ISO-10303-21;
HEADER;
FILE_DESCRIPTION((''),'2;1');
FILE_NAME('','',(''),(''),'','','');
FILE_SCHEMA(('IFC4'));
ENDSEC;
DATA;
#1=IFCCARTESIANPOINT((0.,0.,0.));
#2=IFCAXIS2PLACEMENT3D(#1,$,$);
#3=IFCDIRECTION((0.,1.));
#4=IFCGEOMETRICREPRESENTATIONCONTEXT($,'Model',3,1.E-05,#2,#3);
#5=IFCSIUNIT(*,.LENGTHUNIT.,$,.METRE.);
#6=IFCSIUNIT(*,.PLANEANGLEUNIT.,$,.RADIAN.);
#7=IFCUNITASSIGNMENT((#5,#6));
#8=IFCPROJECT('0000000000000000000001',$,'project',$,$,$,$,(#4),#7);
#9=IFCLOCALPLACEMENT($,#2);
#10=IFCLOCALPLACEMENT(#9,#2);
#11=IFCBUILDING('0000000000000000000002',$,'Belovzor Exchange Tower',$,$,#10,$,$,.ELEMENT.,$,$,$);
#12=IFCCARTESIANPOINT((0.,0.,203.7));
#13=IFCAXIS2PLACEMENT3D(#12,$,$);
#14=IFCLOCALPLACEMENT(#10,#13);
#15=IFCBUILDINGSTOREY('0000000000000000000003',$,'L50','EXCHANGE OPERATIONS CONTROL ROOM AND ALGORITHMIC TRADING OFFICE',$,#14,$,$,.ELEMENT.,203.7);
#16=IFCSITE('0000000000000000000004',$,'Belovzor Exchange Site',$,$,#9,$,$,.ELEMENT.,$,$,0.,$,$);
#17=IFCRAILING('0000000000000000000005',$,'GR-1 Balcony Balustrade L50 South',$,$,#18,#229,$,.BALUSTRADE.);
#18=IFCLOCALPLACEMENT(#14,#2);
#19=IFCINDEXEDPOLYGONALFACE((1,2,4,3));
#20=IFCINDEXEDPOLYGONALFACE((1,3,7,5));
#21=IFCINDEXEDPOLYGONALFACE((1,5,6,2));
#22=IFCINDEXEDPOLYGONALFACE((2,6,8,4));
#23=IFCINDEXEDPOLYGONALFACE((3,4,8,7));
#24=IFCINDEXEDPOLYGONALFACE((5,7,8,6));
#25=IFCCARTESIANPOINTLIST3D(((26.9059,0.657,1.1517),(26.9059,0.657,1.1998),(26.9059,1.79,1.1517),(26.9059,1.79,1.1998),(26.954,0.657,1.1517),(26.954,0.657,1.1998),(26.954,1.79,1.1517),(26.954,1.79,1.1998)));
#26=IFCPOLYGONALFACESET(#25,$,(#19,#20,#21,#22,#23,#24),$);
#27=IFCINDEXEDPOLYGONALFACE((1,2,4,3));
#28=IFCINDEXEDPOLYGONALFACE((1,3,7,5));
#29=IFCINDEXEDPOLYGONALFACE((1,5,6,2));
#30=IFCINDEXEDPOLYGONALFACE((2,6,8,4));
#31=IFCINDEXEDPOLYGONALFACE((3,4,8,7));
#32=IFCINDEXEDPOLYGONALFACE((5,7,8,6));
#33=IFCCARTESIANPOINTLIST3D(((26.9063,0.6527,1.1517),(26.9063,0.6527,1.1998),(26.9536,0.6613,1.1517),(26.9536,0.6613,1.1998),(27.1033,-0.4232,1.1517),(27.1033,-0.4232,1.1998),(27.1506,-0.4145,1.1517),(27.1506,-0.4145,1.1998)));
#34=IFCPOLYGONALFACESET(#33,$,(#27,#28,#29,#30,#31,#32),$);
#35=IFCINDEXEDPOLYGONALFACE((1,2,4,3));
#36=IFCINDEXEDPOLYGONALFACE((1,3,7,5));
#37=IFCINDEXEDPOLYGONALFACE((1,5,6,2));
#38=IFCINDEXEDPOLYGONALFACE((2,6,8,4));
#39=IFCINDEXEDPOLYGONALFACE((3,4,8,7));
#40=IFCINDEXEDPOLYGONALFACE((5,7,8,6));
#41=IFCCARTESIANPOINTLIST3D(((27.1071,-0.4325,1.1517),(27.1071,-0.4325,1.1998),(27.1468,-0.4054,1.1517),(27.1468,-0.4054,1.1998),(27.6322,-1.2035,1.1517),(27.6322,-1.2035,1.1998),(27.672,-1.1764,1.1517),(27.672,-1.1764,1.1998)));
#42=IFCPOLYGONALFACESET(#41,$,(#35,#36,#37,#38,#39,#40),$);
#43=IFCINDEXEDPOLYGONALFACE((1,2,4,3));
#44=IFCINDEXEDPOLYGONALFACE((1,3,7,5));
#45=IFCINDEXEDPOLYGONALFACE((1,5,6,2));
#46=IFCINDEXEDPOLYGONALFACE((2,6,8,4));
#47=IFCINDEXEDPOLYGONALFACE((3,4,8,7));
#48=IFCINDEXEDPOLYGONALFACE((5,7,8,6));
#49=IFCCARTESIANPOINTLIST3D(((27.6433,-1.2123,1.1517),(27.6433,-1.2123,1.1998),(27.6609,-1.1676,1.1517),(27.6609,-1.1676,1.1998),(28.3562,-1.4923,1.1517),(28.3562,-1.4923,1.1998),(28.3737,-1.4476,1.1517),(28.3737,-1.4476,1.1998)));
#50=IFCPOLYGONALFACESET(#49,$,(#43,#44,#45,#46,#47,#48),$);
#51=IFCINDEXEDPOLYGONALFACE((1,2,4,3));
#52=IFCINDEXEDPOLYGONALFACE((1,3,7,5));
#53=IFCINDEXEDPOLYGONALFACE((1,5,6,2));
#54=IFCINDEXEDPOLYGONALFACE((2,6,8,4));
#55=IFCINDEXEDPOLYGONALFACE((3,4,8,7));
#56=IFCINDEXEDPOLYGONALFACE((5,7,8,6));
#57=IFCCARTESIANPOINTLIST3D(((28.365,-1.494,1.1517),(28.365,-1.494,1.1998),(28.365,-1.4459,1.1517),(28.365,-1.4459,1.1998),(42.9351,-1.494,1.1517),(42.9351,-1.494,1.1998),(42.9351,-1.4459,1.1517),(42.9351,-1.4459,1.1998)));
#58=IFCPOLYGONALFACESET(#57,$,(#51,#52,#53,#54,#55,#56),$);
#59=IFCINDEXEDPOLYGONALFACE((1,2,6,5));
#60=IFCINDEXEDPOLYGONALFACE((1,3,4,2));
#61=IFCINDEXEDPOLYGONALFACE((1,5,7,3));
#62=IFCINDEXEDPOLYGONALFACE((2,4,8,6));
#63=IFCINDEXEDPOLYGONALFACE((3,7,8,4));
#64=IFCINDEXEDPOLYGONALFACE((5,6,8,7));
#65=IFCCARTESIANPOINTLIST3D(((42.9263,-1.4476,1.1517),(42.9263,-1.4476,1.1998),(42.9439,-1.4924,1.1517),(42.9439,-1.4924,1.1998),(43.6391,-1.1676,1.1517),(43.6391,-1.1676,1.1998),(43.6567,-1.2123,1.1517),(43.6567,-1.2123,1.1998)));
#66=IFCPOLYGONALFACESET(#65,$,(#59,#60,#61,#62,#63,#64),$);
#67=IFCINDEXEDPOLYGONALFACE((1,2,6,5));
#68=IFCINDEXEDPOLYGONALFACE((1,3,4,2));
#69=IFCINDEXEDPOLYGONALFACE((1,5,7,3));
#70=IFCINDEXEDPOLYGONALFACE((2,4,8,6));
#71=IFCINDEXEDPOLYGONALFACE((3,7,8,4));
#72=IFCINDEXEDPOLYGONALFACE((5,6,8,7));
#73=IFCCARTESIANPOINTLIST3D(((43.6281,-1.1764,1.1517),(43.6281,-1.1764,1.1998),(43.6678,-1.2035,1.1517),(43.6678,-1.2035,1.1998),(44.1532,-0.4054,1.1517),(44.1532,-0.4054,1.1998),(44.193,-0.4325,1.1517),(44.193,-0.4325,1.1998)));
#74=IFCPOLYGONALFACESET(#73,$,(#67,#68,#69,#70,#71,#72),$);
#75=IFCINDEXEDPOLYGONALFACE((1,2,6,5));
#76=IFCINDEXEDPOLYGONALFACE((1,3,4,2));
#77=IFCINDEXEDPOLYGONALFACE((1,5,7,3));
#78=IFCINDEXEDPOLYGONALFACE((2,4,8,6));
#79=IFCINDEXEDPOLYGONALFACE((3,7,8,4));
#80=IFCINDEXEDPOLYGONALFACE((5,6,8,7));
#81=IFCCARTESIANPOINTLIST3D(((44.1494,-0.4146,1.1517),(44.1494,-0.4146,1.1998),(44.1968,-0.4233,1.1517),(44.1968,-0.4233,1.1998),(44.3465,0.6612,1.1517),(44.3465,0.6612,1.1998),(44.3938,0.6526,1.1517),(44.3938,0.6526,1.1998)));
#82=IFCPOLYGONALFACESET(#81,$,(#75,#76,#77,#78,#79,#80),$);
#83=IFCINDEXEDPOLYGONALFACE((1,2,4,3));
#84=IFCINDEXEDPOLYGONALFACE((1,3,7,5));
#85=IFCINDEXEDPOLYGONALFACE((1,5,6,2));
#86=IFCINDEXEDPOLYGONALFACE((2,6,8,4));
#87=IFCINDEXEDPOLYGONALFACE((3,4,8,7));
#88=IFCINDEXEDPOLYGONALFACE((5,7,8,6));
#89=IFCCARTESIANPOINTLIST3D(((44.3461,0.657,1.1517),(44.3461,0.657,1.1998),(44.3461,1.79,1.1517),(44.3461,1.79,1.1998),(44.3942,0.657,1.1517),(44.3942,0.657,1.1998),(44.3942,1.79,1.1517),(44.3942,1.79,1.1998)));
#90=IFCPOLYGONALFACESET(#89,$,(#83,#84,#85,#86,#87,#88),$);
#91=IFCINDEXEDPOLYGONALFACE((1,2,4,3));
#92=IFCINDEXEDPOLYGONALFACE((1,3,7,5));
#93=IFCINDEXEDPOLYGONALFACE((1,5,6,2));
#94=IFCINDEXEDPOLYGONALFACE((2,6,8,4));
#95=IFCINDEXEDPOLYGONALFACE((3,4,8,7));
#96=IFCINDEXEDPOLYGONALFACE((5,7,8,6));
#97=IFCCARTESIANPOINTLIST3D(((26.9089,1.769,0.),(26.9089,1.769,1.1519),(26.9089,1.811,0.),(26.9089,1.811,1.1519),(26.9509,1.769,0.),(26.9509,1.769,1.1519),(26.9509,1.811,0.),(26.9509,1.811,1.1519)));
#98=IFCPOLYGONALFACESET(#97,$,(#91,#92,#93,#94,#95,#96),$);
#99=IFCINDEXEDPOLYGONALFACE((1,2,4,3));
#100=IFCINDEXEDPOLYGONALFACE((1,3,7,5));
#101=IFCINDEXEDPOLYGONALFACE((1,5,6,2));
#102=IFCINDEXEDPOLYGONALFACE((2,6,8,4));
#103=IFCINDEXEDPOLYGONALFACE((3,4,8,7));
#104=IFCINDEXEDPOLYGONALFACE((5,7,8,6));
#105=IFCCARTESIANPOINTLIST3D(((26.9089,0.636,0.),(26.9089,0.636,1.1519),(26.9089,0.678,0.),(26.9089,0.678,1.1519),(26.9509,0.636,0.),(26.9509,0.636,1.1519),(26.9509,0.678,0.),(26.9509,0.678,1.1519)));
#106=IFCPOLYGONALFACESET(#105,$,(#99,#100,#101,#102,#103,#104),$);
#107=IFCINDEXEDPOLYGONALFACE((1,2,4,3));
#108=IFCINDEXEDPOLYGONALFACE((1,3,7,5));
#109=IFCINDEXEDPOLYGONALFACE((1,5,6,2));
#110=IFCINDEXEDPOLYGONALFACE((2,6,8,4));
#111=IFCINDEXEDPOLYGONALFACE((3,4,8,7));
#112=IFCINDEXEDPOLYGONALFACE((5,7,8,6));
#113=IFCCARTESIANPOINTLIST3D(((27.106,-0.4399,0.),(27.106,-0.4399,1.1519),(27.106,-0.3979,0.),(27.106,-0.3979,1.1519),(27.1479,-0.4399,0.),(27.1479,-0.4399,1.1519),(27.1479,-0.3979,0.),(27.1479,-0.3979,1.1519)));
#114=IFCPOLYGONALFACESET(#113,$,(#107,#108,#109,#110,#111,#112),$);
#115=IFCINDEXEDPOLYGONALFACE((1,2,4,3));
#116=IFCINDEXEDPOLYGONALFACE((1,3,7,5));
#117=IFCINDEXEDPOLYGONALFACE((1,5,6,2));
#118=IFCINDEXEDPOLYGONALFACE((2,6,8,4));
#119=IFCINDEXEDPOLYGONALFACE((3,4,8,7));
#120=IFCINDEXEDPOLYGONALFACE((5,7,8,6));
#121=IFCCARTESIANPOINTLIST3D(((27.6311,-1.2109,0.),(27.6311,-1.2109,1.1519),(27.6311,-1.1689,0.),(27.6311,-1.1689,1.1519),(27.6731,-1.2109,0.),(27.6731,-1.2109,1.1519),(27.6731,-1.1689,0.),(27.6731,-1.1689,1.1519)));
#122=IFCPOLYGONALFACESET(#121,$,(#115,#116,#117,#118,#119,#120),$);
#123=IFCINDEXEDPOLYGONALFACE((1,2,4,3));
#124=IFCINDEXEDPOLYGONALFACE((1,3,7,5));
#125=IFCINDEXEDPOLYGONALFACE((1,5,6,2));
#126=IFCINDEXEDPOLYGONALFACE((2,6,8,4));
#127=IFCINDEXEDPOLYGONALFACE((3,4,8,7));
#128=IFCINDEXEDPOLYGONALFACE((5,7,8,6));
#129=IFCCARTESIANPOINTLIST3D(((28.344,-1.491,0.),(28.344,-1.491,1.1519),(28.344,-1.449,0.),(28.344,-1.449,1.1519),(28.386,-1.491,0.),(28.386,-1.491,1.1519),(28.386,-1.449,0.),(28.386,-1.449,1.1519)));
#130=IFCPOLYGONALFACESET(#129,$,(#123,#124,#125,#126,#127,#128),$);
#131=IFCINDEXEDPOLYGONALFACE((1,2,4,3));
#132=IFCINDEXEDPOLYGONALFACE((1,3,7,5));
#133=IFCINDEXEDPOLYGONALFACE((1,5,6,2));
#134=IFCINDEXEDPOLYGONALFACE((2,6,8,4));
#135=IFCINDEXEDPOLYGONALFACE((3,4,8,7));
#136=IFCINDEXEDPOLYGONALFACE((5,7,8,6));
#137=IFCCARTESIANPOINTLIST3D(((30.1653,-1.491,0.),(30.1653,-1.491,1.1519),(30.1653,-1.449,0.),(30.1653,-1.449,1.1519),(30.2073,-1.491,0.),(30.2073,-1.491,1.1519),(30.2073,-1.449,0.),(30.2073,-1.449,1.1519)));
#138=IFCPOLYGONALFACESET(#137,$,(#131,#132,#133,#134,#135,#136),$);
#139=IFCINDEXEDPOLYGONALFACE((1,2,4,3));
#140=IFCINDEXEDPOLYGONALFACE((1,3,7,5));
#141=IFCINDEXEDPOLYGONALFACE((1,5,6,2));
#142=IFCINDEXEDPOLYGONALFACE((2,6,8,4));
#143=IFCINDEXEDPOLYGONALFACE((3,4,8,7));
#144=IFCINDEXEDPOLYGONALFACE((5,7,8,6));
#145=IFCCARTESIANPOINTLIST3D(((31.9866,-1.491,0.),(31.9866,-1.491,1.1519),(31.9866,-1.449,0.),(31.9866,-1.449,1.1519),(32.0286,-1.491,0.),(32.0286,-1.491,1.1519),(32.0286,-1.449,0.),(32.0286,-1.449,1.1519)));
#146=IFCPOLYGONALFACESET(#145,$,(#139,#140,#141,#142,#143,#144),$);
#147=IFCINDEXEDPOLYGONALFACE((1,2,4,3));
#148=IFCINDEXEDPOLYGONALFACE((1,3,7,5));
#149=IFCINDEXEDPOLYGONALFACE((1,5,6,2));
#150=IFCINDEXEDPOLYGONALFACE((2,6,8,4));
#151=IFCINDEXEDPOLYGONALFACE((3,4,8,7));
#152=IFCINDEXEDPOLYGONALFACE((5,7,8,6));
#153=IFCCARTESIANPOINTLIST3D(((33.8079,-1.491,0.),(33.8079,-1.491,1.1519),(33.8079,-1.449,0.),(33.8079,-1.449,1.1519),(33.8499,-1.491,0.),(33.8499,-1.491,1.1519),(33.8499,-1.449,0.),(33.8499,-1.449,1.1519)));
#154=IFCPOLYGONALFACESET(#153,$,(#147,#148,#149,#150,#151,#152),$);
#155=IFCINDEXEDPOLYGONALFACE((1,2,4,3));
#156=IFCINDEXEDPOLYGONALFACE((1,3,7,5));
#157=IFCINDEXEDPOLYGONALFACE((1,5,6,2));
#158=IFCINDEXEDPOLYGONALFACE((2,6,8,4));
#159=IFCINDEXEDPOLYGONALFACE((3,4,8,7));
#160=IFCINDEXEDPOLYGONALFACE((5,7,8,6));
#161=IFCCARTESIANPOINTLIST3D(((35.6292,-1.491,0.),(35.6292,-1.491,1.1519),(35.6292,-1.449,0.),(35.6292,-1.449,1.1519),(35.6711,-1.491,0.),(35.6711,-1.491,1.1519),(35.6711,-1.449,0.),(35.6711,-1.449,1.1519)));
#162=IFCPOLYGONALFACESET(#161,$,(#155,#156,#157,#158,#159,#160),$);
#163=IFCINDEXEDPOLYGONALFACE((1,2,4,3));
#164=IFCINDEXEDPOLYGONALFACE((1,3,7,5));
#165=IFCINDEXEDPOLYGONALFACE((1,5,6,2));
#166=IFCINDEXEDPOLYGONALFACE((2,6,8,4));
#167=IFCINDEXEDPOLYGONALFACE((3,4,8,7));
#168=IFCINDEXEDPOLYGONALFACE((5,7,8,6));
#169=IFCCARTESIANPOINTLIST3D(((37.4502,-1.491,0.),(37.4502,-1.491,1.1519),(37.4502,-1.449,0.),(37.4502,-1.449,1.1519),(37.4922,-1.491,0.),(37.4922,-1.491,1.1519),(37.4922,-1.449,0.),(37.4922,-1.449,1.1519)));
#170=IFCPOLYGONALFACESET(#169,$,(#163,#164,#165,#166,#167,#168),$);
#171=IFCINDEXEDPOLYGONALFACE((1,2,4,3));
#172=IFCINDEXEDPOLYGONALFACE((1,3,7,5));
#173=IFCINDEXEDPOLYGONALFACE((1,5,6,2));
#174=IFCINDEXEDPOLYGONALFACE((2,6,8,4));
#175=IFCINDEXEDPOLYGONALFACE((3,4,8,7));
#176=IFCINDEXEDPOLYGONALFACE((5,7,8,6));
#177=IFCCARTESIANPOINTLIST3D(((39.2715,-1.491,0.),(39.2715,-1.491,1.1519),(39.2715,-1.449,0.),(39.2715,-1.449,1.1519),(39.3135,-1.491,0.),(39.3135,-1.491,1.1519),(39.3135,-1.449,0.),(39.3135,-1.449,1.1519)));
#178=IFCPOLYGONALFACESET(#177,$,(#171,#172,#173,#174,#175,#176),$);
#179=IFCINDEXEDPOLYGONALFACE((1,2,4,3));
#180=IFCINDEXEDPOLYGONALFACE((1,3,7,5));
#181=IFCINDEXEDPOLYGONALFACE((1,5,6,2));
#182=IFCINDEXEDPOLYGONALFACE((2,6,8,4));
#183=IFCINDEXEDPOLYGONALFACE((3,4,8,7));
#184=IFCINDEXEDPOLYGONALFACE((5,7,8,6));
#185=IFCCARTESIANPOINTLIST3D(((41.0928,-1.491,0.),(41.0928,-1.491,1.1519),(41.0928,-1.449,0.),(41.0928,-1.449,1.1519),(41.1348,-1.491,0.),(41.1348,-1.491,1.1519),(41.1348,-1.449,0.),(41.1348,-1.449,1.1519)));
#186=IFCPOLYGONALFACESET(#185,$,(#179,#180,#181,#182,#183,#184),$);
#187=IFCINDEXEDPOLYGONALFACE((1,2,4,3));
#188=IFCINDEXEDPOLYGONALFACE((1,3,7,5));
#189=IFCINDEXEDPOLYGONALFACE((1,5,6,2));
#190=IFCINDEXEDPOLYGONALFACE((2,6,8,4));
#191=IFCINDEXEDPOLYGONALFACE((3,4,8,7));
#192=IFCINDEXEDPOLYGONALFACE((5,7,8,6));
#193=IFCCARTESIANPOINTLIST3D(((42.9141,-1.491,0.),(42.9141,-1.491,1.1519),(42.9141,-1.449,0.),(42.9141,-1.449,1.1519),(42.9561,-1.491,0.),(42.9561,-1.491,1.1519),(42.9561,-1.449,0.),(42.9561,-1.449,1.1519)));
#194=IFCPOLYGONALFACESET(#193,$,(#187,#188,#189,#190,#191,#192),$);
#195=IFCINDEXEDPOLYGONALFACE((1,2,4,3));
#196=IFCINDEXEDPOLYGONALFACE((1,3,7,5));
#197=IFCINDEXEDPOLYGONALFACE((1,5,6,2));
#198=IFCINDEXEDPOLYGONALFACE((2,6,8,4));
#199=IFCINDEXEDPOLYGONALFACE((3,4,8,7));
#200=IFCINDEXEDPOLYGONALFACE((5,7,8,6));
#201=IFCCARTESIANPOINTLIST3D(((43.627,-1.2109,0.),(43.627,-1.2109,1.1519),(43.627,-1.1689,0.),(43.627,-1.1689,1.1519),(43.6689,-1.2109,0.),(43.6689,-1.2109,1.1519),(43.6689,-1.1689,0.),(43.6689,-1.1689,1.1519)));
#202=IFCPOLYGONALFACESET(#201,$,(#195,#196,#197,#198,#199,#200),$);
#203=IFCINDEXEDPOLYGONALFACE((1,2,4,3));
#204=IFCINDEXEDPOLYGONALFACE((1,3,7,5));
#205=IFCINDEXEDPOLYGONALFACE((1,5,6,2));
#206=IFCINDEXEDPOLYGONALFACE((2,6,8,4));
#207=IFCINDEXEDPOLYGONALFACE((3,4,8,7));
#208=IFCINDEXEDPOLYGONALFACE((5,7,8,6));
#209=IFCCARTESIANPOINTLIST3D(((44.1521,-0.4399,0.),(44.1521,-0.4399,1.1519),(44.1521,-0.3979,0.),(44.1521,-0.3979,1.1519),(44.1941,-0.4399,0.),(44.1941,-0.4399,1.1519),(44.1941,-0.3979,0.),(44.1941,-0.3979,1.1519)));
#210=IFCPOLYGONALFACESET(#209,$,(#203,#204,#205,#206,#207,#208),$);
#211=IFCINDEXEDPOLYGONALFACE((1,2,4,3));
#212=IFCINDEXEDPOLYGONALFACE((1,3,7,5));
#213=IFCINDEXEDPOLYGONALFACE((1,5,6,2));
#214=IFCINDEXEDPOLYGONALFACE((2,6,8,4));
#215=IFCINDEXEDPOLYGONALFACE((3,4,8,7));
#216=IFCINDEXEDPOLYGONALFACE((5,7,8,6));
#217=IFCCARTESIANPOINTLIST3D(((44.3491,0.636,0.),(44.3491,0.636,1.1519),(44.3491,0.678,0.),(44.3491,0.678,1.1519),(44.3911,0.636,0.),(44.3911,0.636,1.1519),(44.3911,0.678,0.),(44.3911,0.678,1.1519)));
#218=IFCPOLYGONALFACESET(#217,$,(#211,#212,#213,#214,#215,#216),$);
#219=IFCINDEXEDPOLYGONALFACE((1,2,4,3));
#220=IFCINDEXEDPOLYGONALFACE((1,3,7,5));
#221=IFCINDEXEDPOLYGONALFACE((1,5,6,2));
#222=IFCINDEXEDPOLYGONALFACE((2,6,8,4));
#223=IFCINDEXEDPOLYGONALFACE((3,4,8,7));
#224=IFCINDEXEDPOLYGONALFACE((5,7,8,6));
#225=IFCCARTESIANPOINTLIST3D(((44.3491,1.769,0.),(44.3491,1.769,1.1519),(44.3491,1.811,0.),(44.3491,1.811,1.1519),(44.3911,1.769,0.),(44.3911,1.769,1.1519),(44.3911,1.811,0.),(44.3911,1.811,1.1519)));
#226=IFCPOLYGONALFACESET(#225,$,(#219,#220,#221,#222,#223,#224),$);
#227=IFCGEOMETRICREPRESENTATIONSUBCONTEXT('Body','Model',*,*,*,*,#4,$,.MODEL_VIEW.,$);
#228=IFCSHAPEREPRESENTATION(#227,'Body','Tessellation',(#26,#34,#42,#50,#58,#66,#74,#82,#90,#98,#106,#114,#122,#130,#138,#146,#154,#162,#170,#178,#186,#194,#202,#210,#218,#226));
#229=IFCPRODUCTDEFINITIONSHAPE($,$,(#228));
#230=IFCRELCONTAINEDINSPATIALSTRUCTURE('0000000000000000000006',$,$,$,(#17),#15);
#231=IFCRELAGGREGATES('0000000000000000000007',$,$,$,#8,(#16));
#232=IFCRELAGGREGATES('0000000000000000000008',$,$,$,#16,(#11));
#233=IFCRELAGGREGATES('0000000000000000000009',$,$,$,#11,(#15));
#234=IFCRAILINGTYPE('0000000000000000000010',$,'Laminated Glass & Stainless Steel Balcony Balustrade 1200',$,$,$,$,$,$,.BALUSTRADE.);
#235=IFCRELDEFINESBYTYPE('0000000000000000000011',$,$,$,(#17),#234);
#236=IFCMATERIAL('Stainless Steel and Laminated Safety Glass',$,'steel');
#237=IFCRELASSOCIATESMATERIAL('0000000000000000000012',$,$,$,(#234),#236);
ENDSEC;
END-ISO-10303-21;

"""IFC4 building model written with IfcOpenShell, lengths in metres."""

from ifc_helpers import new_model, si_unit, direction, frame, origin, origin_2d, place, context, subcontext, project, spatial, rectangle, extrude, material, type_object, element, save


model = new_model("IFC4")

# Units and contexts
model_context = context("Model", 3, precision=1e-05, world=origin(), true_north=direction((0.0, 1.0)))
body_context = subcontext(model_context, "Body", "Model", "MODEL_VIEW")
ifc_project = project(units=[si_unit("LENGTHUNIT", "METRE"), si_unit("PLANEANGLEUNIT", "RADIAN")], contexts=[model_context])

# Site, building, storey
site_placement = place(None, origin())
site = spatial("IfcSite", under=ifc_project, at=site_placement, Name="Belovzor Exchange Site", CompositionType="ELEMENT", RefElevation=0.0)
building_placement = place(site_placement, origin())
building = spatial("IfcBuilding", under=site, at=building_placement, Name="Belovzor Exchange Tower", CompositionType="ELEMENT")
storey_placement = place(building_placement, frame((0.0, 0.0, 203.7)))
storey = spatial("IfcBuildingStorey", under=building, at=storey_placement, Name="L50", Description="EXCHANGE OPERATIONS CONTROL ROOM AND ALGORITHMIC TRADING OFFICE", CompositionType="ELEMENT", Elevation=203.7)

# Railing
ifc_material_1 = material(Name="Stainless Steel and Laminated Safety Glass", Category="steel")
railing_type = type_object("IfcRailingType", Name="Laminated Glass & Stainless Steel Balcony Balustrade 1200", PredefinedType="BALUSTRADE", material=ifc_material_1)
railing_placement = place(storey_placement, frame((26.9299, 1.79, 0.0)))
element("IfcRailing", 1, at=railing_placement, inside=storey, type_object=railing_type, Name="GR-1 Balcony Balustrade L50 South", PredefinedType="BALUSTRADE", context=body_context, shape_type="SweptSolid", body=[
    extrude(rectangle(XDim=0.0481, YDim=0.0481, at=origin_2d()), frame((0.0, 0.0, 1.1758), z_axis=(0.0, -1.0, 0.0), x_axis=(1.0, 0.0, 0.0)), (0.0, 0.0, 1.0), 1.1331),
    extrude(rectangle(XDim=0.0481, YDim=0.0481, at=origin_2d()), frame((0.0, -1.1331, 1.1758), z_axis=(0.180123, -0.983644, 0.0), x_axis=(0.983644, 0.180123, 0.0)), (0.0, 0.0, 1.0), 1.0938),
    extrude(rectangle(XDim=0.0481, YDim=0.0481, at=origin_2d()), frame((0.197, -2.209, 1.1758), z_axis=(0.562947, -0.826493, 0.0), x_axis=(0.826493, 0.562947, 0.0)), (0.0, 0.0, 1.0), 0.9329),
    extrude(rectangle(XDim=0.0481, YDim=0.0481, at=origin_2d()), frame((0.7222, -2.98, 1.1758), z_axis=(0.930767, -0.365613, 0.0), x_axis=(0.365613, 0.930767, 0.0)), (0.0, 0.0, 1.0), 0.7659),
    extrude(rectangle(XDim=0.0481, YDim=0.0481, at=origin_2d()), frame((1.4351, -3.26, 1.1758), z_axis=(1.0, 0.0, 0.0), x_axis=(0.0, 1.0, 0.0)), (0.0, 0.0, 1.0), 14.5701),
    extrude(rectangle(XDim=0.0481, YDim=0.0481, at=origin_2d()), frame((16.0051, -3.26, 1.1758), z_axis=(0.930767, 0.365613, 0.0), x_axis=(-0.365613, 0.930767, 0.0)), (0.0, 0.0, 1.0), 0.7659),
    extrude(rectangle(XDim=0.0481, YDim=0.0481, at=origin_2d()), frame((16.718, -2.98, 1.1758), z_axis=(0.562947, 0.826493, 0.0), x_axis=(-0.826493, 0.562947, 0.0)), (0.0, 0.0, 1.0), 0.9329),
    extrude(rectangle(XDim=0.0481, YDim=0.0481, at=origin_2d()), frame((17.2432, -2.209, 1.1758), z_axis=(0.180123, 0.983644, 0.0), x_axis=(-0.983644, 0.180123, 0.0)), (0.0, 0.0, 1.0), 1.0938),
    extrude(rectangle(XDim=0.0481, YDim=0.0481, at=origin_2d()), frame((17.4402, -1.1331, 1.1758), z_axis=(0.0, 1.0, 0.0), x_axis=(-1.0, 0.0, 0.0)), (0.0, 0.0, 1.0), 1.1331),
    extrude(rectangle(XDim=0.042, YDim=0.042, at=origin_2d()), origin(), (0.0, 0.0, 1.0), 1.1519),
    extrude(rectangle(XDim=0.042, YDim=0.042, at=origin_2d()), frame((0.0, -1.1331, 0.0)), (0.0, 0.0, 1.0), 1.1519),
    extrude(rectangle(XDim=0.042, YDim=0.042, at=origin_2d()), frame((0.197, -2.209, 0.0)), (0.0, 0.0, 1.0), 1.1519),
    extrude(rectangle(XDim=0.042, YDim=0.042, at=origin_2d()), frame((0.7222, -2.98, 0.0)), (0.0, 0.0, 1.0), 1.1519),
    extrude(rectangle(XDim=0.042, YDim=0.042, at=origin_2d()), frame((1.4351, -3.26, 0.0)), (0.0, 0.0, 1.0), 1.1519),
    extrude(rectangle(XDim=0.042, YDim=0.042, at=origin_2d()), frame((3.2563, -3.26, 0.0)), (0.0, 0.0, 1.0), 1.1519),
    extrude(rectangle(XDim=0.042, YDim=0.042, at=origin_2d()), frame((5.0776, -3.26, 0.0)), (0.0, 0.0, 1.0), 1.1519),
    extrude(rectangle(XDim=0.042, YDim=0.042, at=origin_2d()), frame((6.8989, -3.26, 0.0)), (0.0, 0.0, 1.0), 1.1519),
    extrude(rectangle(XDim=0.042, YDim=0.042, at=origin_2d()), frame((8.7202, -3.26, 0.0)), (0.0, 0.0, 1.0), 1.1519),
    extrude(rectangle(XDim=0.042, YDim=0.042, at=origin_2d()), frame((10.5413, -3.26, 0.0)), (0.0, 0.0, 1.0), 1.1519),
    extrude(rectangle(XDim=0.042, YDim=0.042, at=origin_2d()), frame((12.3625, -3.26, 0.0)), (0.0, 0.0, 1.0), 1.1519),
    extrude(rectangle(XDim=0.042, YDim=0.042, at=origin_2d()), frame((14.1838, -3.26, 0.0)), (0.0, 0.0, 1.0), 1.1519),
    extrude(rectangle(XDim=0.042, YDim=0.042, at=origin_2d()), frame((16.0051, -3.26, 0.0)), (0.0, 0.0, 1.0), 1.1519),
    extrude(rectangle(XDim=0.042, YDim=0.042, at=origin_2d()), frame((16.718, -2.98, 0.0)), (0.0, 0.0, 1.0), 1.1519),
    extrude(rectangle(XDim=0.042, YDim=0.042, at=origin_2d()), frame((17.2432, -2.209, 0.0)), (0.0, 0.0, 1.0), 1.1519),
    extrude(rectangle(XDim=0.042, YDim=0.042, at=origin_2d()), frame((17.4402, -1.1331, 0.0)), (0.0, 0.0, 1.0), 1.1519),
    extrude(rectangle(XDim=0.042, YDim=0.042, at=origin_2d()), frame((17.4402, 0.0, 0.0)), (0.0, 0.0, 1.0), 1.1519),
])

save(model, "model.ifc")
